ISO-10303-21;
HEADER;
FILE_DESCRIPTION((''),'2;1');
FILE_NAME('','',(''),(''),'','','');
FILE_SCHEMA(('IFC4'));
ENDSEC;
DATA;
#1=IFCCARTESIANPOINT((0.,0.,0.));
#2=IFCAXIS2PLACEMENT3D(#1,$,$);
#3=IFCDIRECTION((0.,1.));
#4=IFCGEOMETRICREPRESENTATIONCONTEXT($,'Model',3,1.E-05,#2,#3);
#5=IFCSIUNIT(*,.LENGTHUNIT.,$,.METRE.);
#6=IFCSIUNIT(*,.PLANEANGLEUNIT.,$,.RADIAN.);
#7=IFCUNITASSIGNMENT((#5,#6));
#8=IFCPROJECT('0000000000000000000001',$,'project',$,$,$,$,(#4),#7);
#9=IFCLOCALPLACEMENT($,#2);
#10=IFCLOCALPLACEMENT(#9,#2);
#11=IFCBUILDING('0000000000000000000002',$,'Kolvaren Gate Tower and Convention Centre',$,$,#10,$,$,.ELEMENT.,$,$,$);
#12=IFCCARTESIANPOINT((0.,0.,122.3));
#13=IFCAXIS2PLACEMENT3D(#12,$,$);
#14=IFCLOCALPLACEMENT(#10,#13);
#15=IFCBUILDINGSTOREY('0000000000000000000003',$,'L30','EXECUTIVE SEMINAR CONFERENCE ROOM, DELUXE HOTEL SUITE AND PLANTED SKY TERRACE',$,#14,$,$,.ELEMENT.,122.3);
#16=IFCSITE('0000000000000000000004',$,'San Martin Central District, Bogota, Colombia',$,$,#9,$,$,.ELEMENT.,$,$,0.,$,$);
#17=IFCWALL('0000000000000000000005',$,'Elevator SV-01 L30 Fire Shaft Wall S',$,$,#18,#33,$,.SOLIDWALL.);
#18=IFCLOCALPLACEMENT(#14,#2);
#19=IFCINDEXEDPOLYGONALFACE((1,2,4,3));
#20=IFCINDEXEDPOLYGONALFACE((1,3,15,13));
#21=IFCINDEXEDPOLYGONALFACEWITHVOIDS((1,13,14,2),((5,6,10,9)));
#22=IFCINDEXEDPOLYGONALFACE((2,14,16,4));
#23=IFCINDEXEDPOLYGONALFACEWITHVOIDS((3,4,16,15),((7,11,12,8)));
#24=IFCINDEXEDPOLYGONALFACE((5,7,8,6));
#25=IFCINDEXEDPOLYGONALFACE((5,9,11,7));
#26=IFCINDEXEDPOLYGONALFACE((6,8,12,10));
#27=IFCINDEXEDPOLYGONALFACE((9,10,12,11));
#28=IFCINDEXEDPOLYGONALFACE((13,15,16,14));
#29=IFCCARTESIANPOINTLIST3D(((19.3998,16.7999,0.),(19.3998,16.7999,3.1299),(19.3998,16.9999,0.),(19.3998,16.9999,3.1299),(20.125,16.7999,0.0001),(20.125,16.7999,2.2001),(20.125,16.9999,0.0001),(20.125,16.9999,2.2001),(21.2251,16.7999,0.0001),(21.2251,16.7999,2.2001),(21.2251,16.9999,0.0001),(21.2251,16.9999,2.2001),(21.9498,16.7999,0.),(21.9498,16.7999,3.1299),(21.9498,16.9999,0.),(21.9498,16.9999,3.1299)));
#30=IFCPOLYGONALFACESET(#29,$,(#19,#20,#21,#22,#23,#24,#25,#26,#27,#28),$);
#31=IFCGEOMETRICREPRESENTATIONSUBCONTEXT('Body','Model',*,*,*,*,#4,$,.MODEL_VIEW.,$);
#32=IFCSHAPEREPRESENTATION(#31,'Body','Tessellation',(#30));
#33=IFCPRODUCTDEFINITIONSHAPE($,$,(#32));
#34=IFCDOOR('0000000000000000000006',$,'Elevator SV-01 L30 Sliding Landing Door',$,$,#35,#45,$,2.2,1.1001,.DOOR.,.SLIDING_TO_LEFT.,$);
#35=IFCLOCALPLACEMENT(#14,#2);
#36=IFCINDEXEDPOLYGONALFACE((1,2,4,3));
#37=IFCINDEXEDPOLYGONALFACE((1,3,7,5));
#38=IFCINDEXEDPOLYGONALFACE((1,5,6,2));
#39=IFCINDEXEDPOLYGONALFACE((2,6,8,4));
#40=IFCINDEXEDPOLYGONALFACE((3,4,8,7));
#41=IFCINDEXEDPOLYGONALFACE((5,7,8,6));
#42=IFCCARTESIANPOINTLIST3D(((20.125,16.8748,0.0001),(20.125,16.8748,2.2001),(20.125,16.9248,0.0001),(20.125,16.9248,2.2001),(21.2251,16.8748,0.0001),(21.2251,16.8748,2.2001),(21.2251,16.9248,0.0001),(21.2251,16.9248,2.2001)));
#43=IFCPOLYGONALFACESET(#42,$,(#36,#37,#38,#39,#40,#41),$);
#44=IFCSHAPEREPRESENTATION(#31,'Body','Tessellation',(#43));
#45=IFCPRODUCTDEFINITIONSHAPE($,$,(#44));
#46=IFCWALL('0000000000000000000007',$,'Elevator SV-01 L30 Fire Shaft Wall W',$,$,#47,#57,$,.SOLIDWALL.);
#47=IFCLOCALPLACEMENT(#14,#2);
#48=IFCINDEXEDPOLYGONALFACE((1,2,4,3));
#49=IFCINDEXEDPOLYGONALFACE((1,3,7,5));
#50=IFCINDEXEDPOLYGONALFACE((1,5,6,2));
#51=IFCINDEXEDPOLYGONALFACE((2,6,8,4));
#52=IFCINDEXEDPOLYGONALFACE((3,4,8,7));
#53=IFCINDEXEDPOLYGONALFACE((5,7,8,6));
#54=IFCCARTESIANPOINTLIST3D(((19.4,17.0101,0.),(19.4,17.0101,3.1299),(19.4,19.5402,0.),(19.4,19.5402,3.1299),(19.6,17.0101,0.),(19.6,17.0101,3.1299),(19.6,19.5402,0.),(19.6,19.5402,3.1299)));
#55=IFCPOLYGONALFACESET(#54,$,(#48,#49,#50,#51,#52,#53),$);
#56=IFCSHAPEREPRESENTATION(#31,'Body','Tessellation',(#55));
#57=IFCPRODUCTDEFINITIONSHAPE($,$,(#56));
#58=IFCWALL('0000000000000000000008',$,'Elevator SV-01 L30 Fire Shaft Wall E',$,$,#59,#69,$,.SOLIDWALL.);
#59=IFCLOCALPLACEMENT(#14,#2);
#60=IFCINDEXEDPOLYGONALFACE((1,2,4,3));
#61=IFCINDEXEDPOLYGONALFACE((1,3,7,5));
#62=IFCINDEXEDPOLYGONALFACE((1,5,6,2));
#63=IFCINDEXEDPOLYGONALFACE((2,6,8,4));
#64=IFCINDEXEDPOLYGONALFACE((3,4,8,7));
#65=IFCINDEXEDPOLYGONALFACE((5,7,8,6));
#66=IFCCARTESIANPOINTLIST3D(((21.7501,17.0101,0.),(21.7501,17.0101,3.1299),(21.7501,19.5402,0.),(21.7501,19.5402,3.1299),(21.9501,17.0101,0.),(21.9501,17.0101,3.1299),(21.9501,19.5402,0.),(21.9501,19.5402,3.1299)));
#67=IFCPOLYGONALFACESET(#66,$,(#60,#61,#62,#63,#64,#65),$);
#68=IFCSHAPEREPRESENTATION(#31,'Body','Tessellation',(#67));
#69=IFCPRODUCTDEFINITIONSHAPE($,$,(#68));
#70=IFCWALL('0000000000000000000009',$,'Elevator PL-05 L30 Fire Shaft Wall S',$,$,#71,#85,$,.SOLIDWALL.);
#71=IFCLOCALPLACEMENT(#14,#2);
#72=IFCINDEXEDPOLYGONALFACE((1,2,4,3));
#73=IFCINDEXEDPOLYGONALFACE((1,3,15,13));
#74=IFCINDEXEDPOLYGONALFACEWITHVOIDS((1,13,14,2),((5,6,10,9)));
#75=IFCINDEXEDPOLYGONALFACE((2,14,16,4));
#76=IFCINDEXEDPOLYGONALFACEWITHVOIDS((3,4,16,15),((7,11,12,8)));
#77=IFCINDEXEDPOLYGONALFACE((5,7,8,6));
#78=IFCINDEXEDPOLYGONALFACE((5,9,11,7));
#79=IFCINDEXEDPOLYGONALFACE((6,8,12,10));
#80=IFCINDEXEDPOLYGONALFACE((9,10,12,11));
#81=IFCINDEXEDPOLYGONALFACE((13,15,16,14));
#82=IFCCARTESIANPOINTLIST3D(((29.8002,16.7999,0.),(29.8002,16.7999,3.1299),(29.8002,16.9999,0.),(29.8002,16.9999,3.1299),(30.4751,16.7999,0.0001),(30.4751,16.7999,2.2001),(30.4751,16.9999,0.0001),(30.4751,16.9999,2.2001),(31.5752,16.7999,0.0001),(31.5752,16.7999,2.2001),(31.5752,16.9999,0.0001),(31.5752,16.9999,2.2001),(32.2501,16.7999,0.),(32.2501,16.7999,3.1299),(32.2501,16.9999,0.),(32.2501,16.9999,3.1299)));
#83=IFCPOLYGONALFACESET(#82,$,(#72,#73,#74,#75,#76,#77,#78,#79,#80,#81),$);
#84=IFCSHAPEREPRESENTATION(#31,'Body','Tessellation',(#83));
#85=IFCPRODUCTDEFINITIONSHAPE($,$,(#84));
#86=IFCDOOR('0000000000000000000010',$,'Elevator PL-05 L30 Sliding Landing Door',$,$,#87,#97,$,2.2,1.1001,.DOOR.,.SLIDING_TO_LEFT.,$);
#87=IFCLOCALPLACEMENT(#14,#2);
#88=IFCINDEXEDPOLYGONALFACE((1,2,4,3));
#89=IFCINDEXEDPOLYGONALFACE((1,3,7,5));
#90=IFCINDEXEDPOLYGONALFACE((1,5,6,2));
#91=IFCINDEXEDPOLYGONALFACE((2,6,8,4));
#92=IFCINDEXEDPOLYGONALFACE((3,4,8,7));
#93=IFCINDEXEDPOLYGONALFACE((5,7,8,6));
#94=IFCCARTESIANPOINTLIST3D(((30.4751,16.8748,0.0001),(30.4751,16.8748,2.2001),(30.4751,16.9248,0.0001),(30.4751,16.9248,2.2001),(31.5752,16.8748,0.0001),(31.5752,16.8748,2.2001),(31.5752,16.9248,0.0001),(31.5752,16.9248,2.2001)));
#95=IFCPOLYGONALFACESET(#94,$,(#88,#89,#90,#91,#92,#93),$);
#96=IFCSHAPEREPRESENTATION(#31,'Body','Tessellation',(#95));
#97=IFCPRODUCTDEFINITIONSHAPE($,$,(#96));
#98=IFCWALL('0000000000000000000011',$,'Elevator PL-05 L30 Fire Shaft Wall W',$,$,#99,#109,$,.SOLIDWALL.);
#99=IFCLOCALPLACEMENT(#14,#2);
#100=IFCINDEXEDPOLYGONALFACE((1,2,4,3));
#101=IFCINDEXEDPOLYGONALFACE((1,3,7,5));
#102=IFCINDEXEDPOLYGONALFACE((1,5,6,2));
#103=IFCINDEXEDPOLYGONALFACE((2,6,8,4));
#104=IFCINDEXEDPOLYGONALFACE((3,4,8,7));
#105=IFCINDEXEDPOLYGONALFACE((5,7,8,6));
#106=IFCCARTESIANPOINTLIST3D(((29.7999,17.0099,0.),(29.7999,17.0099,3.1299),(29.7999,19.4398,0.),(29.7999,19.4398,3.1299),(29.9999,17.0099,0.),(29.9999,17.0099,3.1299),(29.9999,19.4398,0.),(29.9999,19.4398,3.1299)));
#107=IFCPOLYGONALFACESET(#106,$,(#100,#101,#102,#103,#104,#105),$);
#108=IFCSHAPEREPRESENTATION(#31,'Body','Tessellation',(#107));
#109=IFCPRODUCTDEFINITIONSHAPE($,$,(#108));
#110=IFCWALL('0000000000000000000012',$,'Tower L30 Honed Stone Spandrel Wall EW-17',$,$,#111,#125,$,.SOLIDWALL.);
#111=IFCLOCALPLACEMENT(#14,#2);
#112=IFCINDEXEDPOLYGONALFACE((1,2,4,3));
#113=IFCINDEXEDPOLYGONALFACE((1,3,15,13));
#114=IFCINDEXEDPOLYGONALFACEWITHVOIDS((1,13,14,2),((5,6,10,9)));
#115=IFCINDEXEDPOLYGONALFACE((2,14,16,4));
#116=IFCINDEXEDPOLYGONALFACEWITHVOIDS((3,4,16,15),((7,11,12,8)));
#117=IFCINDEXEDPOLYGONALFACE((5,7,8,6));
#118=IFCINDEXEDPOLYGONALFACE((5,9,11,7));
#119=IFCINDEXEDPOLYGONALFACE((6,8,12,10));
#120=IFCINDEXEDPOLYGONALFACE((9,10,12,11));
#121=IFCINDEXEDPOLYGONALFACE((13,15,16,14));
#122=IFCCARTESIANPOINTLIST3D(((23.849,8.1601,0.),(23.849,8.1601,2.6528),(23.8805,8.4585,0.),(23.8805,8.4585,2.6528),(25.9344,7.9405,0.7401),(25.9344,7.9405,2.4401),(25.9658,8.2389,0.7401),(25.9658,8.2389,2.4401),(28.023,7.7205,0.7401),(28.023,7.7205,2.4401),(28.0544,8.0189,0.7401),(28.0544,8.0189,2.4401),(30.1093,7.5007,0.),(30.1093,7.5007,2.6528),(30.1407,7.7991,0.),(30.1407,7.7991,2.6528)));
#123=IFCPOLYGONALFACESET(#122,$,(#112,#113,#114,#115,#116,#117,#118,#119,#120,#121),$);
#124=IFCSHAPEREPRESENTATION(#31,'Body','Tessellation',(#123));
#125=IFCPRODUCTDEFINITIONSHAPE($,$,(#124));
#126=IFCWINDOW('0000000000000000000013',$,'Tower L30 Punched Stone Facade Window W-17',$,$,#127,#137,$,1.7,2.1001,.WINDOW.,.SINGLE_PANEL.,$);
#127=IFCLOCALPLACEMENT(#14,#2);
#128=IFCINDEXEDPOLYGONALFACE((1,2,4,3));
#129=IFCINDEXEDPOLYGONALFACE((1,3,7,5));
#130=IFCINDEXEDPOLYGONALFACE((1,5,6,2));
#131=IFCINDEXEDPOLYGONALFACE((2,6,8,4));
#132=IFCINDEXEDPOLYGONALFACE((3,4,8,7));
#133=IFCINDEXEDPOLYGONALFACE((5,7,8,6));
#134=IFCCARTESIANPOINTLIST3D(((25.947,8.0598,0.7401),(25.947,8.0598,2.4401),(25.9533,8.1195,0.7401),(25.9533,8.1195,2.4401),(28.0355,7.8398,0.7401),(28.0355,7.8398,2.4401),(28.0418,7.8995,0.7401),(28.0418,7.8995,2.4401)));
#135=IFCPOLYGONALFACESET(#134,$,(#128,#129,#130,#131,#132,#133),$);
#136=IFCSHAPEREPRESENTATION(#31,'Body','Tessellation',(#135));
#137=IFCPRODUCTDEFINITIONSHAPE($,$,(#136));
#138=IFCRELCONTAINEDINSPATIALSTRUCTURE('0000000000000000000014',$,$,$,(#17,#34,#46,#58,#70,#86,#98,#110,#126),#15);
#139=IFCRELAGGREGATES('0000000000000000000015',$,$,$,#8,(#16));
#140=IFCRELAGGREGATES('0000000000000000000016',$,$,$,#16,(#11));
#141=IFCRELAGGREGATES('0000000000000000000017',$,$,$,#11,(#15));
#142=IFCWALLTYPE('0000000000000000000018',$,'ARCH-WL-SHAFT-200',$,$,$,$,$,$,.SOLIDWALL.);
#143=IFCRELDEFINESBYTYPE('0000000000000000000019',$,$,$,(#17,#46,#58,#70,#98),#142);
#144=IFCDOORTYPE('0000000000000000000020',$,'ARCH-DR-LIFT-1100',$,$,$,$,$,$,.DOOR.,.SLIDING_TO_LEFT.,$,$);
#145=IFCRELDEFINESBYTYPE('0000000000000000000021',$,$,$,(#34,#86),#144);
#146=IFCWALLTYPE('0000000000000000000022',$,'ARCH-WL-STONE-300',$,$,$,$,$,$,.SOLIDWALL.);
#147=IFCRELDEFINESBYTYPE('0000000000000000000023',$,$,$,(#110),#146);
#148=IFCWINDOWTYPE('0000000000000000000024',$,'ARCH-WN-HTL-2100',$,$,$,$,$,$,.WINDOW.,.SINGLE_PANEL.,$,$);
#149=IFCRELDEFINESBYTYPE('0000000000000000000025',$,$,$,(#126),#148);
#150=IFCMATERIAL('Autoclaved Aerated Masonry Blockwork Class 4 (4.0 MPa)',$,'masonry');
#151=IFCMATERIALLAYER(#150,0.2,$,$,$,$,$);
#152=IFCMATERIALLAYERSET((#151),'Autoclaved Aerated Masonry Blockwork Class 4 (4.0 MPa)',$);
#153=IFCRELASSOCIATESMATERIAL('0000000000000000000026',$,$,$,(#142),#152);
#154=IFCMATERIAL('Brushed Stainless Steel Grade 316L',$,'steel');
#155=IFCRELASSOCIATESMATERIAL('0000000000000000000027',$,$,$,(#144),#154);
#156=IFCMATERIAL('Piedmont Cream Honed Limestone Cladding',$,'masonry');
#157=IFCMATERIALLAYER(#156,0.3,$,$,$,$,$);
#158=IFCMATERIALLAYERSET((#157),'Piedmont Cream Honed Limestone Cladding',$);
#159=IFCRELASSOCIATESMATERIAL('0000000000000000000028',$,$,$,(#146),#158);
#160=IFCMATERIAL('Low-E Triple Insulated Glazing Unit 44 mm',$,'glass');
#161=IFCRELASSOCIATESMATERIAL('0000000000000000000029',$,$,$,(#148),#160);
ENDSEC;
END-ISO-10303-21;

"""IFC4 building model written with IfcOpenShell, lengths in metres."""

from ifc_helpers import new_model, si_unit, direction, frame, frame_2d, origin, place, context, subcontext, project, spatial, rectangle, extrude, material, layer, layer_set, type_object, element, fill, save


model = new_model("IFC4")

# Units and contexts
model_context = context("Model", 3, precision=1e-05, world=origin(), true_north=direction((0.0, 1.0)))
body_context = subcontext(model_context, "Body", "Model", "MODEL_VIEW")
ifc_project = project(units=[si_unit("LENGTHUNIT", "METRE"), si_unit("PLANEANGLEUNIT", "RADIAN")], contexts=[model_context])

# Site, building, storey
site_placement = place(None, origin())
site = spatial("IfcSite", under=ifc_project, at=site_placement, Name="San Martin Central District, Bogota, Colombia", CompositionType="ELEMENT", RefElevation=0.0)
building_placement = place(site_placement, origin())
building = spatial("IfcBuilding", under=site, at=building_placement, Name="Kolvaren Gate Tower and Convention Centre", CompositionType="ELEMENT")
storey_placement = place(building_placement, frame((0.0, 0.0, 122.3)))
storey = spatial("IfcBuildingStorey", under=building, at=storey_placement, Name="L30", Description="EXECUTIVE SEMINAR CONFERENCE ROOM, DELUXE HOTEL SUITE AND PLANTED SKY TERRACE", CompositionType="ELEMENT", Elevation=122.3)

# Shared definitions
ifc_material_1 = material(Name="Piedmont Cream Honed Limestone Cladding", Category="masonry")

# Wall, opening, door
ifc_material_2 = material(Name="Autoclaved Aerated Masonry Blockwork Class 4 (4.0 MPa)", Category="masonry")
ifc_layer_1 = layer(ifc_material_2, 0.2)
ifc_layer_set_1 = layer_set([ifc_layer_1], Name="Autoclaved Aerated Masonry Blockwork Class 4 (4.0 MPa)")
wall_type_1 = type_object("IfcWallType", Name="ARCH-WL-SHAFT-200", PredefinedType="SOLIDWALL", material=ifc_layer_set_1)
wall_1_placement = place(storey_placement, frame((19.3999, 16.8999, 0.0), z_axis=(0.0, 0.0, 1.0), x_axis=(1.0, 0.0, 0.0)))
wall_1 = element("IfcWall", 1, at=wall_1_placement, inside=storey, type_object=wall_type_1, Name="Elevator SV-01 L30 Fire Shaft Wall S", PredefinedType="SOLIDWALL", context=body_context, shape_type="SweptSolid", body=[
    extrude(rectangle(XDim=2.55, YDim=0.2, at=frame_2d((1.2749, 0.0))), origin(), (0.0, 0.0, 1.0), 3.1299),
])
opening_1_placement = place(wall_1_placement, frame((0.7251, 0.0, 0.0)))
opening_1 = element("IfcOpeningElement", 2, at=opening_1_placement, cuts=wall_1, PredefinedType="OPENING", context=body_context, shape_type="SweptSolid", body=[
    extrude(rectangle(XDim=1.1001, YDim=2.2, at=frame_2d((0.55, 1.1001))), frame((0.0, 0.1099, 0.0), z_axis=(0.0, -1.0, 0.0), x_axis=(1.0, 0.0, 0.0)), (0.0, 0.0, 1.0), 0.22),
])
ifc_material_3 = material(Name="Brushed Stainless Steel Grade 316L", Category="steel")
door_type_1 = type_object("IfcDoorType", Name="ARCH-DR-LIFT-1100", OperationType="SLIDING_TO_LEFT", PredefinedType="DOOR", material=ifc_material_3)
door_1_placement = place(opening_1_placement, origin())
door_1 = element("IfcDoor", 3, at=door_1_placement, inside=storey, type_object=door_type_1, Name="Elevator SV-01 L30 Sliding Landing Door", OperationType="SLIDING_TO_LEFT", OverallHeight=2.2, OverallWidth=1.1001, PredefinedType="DOOR", context=body_context, shape_type="SweptSolid", body=[
    extrude(rectangle(XDim=1.1001, YDim=2.2, at=frame_2d((0.55, 1.1001))), frame((0.0, 0.0249, 0.0), z_axis=(0.0, -1.0, 0.0), x_axis=(1.0, 0.0, 0.0)), (0.0, 0.0, 1.0), 0.05),
])
fill(opening_1, door_1)

# Walls
for number, where, z_axis, x_axis, name in (
    (4, (19.5, 17.01, 0.0), (0.0, 0.0, 1.0), (0.0, 1.0, 0.0), "Elevator SV-01 L30 Fire Shaft Wall W"),
    (5, (21.8501, 17.01, 0.0), (0.0, 0.0, 1.0), (0.0, 1.0, 0.0), "Elevator SV-01 L30 Fire Shaft Wall E"),
):
    element("IfcWall", number, at=place(storey_placement, frame(where, z_axis=z_axis, x_axis=x_axis)), inside=storey, type_object=wall_type_1, Name=name, PredefinedType="SOLIDWALL", context=body_context, shape_type="SweptSolid", body=[
        extrude(rectangle(XDim=2.53, YDim=0.2, at=frame_2d((1.2651, 0.0))), origin(), (0.0, 0.0, 1.0), 3.1299),
    ])

# Wall, opening, door
wall_2_placement = place(storey_placement, frame((29.8, 16.8999, 0.0), z_axis=(0.0, 0.0, 1.0), x_axis=(1.0, 0.0, 0.0)))
wall_2 = element("IfcWall", 6, at=wall_2_placement, inside=storey, type_object=wall_type_1, Name="Elevator PL-05 L30 Fire Shaft Wall S", PredefinedType="SOLIDWALL", context=body_context, shape_type="SweptSolid", body=[
    extrude(rectangle(XDim=2.45, YDim=0.2, at=frame_2d((1.2251, 0.0))), origin(), (0.0, 0.0, 1.0), 3.1299),
])
opening_2_placement = place(wall_2_placement, frame((0.675, 0.0, 0.0)))
opening_2 = element("IfcOpeningElement", 7, at=opening_2_placement, cuts=wall_2, PredefinedType="OPENING", context=body_context, shape_type="SweptSolid", body=[
    extrude(rectangle(XDim=1.1001, YDim=2.2, at=frame_2d((0.55, 1.1001))), frame((0.0, 0.1099, 0.0), z_axis=(0.0, -1.0, 0.0), x_axis=(1.0, 0.0, 0.0)), (0.0, 0.0, 1.0), 0.22),
])
door_2_placement = place(opening_2_placement, origin())
door_2 = element("IfcDoor", 8, at=door_2_placement, inside=storey, type_object=door_type_1, Name="Elevator PL-05 L30 Sliding Landing Door", OperationType="SLIDING_TO_LEFT", OverallHeight=2.2, OverallWidth=1.1001, PredefinedType="DOOR", context=body_context, shape_type="SweptSolid", body=[
    extrude(rectangle(XDim=1.1001, YDim=2.2, at=frame_2d((0.55, 1.1001))), frame((0.0, 0.0249, 0.0), z_axis=(0.0, -1.0, 0.0), x_axis=(1.0, 0.0, 0.0)), (0.0, 0.0, 1.0), 0.05),
])
fill(opening_2, door_2)

# Wall
wall_3_placement = place(storey_placement, frame((29.8999, 17.01, 0.0), z_axis=(0.0, 0.0, 1.0), x_axis=(0.0, 1.0, 0.0)))
element("IfcWall", 9, at=wall_3_placement, inside=storey, type_object=wall_type_1, Name="Elevator PL-05 L30 Fire Shaft Wall W", PredefinedType="SOLIDWALL", context=body_context, shape_type="SweptSolid", body=[
    extrude(rectangle(XDim=2.4299, YDim=0.2, at=frame_2d((1.2148, 0.0))), origin(), (0.0, 0.0, 1.0), 3.1299),
])

# Wall, opening, window
ifc_layer_2 = layer(ifc_material_1, 0.3)
ifc_layer_set_2 = layer_set([ifc_layer_2], Name="Piedmont Cream Honed Limestone Cladding")
wall_type_2 = type_object("IfcWallType", Name="ARCH-WL-STONE-300", PredefinedType="SOLIDWALL", material=ifc_layer_set_2)
wall_4_placement = place(storey_placement, frame((23.8647, 8.3093, 0.0), z_axis=(0.0, 0.0, 1.0), x_axis=(0.994498, -0.104755, 0.0)))
wall_4 = element("IfcWall", 10, at=wall_4_placement, inside=storey, type_object=wall_type_2, Name="Tower L30 Honed Stone Spandrel Wall EW-17", PredefinedType="SOLIDWALL", context=body_context, shape_type="SweptSolid", body=[
    extrude(rectangle(XDim=6.2949, YDim=0.3, at=frame_2d((3.1475, 0.0))), origin(), (0.0, 0.0, 1.0), 2.6528),
])
opening_3_placement = place(wall_4_placement, frame((2.0969, 0.0, 0.74)))
opening_3 = element("IfcOpeningElement", 11, at=opening_3_placement, cuts=wall_4, PredefinedType="OPENING", context=body_context, shape_type="SweptSolid", body=[
    extrude(rectangle(XDim=2.1001, YDim=1.7, at=frame_2d((1.05, 0.8501))), frame((0.0, 0.1599, 0.0), z_axis=(0.0, -1.0, 0.0), x_axis=(1.0, 0.0, 0.0)), (0.0, 0.0, 1.0), 0.3201),
])
ifc_material_4 = material(Name="Low-E Triple Insulated Glazing Unit 44 mm", Category="glass")
window_type = type_object("IfcWindowType", Name="ARCH-WN-HTL-2100", PartitioningType="SINGLE_PANEL", PredefinedType="WINDOW", material=ifc_material_4)
window_placement = place(opening_3_placement, origin())
window = element("IfcWindow", 12, at=window_placement, inside=storey, type_object=window_type, Name="Tower L30 Punched Stone Facade Window W-17", OverallHeight=1.7, OverallWidth=2.1001, PartitioningType="SINGLE_PANEL", PredefinedType="WINDOW", context=body_context, shape_type="SweptSolid", body=[
    extrude(rectangle(XDim=2.1001, YDim=1.7, at=frame_2d((1.05, 0.8501))), frame((0.0, 0.03, 0.0), z_axis=(0.0, -1.0, 0.0), x_axis=(1.0, 0.0, 0.0)), (0.0, 0.0, 1.0), 0.0601),
])
fill(opening_3, window)

save(model, "model.ifc")
